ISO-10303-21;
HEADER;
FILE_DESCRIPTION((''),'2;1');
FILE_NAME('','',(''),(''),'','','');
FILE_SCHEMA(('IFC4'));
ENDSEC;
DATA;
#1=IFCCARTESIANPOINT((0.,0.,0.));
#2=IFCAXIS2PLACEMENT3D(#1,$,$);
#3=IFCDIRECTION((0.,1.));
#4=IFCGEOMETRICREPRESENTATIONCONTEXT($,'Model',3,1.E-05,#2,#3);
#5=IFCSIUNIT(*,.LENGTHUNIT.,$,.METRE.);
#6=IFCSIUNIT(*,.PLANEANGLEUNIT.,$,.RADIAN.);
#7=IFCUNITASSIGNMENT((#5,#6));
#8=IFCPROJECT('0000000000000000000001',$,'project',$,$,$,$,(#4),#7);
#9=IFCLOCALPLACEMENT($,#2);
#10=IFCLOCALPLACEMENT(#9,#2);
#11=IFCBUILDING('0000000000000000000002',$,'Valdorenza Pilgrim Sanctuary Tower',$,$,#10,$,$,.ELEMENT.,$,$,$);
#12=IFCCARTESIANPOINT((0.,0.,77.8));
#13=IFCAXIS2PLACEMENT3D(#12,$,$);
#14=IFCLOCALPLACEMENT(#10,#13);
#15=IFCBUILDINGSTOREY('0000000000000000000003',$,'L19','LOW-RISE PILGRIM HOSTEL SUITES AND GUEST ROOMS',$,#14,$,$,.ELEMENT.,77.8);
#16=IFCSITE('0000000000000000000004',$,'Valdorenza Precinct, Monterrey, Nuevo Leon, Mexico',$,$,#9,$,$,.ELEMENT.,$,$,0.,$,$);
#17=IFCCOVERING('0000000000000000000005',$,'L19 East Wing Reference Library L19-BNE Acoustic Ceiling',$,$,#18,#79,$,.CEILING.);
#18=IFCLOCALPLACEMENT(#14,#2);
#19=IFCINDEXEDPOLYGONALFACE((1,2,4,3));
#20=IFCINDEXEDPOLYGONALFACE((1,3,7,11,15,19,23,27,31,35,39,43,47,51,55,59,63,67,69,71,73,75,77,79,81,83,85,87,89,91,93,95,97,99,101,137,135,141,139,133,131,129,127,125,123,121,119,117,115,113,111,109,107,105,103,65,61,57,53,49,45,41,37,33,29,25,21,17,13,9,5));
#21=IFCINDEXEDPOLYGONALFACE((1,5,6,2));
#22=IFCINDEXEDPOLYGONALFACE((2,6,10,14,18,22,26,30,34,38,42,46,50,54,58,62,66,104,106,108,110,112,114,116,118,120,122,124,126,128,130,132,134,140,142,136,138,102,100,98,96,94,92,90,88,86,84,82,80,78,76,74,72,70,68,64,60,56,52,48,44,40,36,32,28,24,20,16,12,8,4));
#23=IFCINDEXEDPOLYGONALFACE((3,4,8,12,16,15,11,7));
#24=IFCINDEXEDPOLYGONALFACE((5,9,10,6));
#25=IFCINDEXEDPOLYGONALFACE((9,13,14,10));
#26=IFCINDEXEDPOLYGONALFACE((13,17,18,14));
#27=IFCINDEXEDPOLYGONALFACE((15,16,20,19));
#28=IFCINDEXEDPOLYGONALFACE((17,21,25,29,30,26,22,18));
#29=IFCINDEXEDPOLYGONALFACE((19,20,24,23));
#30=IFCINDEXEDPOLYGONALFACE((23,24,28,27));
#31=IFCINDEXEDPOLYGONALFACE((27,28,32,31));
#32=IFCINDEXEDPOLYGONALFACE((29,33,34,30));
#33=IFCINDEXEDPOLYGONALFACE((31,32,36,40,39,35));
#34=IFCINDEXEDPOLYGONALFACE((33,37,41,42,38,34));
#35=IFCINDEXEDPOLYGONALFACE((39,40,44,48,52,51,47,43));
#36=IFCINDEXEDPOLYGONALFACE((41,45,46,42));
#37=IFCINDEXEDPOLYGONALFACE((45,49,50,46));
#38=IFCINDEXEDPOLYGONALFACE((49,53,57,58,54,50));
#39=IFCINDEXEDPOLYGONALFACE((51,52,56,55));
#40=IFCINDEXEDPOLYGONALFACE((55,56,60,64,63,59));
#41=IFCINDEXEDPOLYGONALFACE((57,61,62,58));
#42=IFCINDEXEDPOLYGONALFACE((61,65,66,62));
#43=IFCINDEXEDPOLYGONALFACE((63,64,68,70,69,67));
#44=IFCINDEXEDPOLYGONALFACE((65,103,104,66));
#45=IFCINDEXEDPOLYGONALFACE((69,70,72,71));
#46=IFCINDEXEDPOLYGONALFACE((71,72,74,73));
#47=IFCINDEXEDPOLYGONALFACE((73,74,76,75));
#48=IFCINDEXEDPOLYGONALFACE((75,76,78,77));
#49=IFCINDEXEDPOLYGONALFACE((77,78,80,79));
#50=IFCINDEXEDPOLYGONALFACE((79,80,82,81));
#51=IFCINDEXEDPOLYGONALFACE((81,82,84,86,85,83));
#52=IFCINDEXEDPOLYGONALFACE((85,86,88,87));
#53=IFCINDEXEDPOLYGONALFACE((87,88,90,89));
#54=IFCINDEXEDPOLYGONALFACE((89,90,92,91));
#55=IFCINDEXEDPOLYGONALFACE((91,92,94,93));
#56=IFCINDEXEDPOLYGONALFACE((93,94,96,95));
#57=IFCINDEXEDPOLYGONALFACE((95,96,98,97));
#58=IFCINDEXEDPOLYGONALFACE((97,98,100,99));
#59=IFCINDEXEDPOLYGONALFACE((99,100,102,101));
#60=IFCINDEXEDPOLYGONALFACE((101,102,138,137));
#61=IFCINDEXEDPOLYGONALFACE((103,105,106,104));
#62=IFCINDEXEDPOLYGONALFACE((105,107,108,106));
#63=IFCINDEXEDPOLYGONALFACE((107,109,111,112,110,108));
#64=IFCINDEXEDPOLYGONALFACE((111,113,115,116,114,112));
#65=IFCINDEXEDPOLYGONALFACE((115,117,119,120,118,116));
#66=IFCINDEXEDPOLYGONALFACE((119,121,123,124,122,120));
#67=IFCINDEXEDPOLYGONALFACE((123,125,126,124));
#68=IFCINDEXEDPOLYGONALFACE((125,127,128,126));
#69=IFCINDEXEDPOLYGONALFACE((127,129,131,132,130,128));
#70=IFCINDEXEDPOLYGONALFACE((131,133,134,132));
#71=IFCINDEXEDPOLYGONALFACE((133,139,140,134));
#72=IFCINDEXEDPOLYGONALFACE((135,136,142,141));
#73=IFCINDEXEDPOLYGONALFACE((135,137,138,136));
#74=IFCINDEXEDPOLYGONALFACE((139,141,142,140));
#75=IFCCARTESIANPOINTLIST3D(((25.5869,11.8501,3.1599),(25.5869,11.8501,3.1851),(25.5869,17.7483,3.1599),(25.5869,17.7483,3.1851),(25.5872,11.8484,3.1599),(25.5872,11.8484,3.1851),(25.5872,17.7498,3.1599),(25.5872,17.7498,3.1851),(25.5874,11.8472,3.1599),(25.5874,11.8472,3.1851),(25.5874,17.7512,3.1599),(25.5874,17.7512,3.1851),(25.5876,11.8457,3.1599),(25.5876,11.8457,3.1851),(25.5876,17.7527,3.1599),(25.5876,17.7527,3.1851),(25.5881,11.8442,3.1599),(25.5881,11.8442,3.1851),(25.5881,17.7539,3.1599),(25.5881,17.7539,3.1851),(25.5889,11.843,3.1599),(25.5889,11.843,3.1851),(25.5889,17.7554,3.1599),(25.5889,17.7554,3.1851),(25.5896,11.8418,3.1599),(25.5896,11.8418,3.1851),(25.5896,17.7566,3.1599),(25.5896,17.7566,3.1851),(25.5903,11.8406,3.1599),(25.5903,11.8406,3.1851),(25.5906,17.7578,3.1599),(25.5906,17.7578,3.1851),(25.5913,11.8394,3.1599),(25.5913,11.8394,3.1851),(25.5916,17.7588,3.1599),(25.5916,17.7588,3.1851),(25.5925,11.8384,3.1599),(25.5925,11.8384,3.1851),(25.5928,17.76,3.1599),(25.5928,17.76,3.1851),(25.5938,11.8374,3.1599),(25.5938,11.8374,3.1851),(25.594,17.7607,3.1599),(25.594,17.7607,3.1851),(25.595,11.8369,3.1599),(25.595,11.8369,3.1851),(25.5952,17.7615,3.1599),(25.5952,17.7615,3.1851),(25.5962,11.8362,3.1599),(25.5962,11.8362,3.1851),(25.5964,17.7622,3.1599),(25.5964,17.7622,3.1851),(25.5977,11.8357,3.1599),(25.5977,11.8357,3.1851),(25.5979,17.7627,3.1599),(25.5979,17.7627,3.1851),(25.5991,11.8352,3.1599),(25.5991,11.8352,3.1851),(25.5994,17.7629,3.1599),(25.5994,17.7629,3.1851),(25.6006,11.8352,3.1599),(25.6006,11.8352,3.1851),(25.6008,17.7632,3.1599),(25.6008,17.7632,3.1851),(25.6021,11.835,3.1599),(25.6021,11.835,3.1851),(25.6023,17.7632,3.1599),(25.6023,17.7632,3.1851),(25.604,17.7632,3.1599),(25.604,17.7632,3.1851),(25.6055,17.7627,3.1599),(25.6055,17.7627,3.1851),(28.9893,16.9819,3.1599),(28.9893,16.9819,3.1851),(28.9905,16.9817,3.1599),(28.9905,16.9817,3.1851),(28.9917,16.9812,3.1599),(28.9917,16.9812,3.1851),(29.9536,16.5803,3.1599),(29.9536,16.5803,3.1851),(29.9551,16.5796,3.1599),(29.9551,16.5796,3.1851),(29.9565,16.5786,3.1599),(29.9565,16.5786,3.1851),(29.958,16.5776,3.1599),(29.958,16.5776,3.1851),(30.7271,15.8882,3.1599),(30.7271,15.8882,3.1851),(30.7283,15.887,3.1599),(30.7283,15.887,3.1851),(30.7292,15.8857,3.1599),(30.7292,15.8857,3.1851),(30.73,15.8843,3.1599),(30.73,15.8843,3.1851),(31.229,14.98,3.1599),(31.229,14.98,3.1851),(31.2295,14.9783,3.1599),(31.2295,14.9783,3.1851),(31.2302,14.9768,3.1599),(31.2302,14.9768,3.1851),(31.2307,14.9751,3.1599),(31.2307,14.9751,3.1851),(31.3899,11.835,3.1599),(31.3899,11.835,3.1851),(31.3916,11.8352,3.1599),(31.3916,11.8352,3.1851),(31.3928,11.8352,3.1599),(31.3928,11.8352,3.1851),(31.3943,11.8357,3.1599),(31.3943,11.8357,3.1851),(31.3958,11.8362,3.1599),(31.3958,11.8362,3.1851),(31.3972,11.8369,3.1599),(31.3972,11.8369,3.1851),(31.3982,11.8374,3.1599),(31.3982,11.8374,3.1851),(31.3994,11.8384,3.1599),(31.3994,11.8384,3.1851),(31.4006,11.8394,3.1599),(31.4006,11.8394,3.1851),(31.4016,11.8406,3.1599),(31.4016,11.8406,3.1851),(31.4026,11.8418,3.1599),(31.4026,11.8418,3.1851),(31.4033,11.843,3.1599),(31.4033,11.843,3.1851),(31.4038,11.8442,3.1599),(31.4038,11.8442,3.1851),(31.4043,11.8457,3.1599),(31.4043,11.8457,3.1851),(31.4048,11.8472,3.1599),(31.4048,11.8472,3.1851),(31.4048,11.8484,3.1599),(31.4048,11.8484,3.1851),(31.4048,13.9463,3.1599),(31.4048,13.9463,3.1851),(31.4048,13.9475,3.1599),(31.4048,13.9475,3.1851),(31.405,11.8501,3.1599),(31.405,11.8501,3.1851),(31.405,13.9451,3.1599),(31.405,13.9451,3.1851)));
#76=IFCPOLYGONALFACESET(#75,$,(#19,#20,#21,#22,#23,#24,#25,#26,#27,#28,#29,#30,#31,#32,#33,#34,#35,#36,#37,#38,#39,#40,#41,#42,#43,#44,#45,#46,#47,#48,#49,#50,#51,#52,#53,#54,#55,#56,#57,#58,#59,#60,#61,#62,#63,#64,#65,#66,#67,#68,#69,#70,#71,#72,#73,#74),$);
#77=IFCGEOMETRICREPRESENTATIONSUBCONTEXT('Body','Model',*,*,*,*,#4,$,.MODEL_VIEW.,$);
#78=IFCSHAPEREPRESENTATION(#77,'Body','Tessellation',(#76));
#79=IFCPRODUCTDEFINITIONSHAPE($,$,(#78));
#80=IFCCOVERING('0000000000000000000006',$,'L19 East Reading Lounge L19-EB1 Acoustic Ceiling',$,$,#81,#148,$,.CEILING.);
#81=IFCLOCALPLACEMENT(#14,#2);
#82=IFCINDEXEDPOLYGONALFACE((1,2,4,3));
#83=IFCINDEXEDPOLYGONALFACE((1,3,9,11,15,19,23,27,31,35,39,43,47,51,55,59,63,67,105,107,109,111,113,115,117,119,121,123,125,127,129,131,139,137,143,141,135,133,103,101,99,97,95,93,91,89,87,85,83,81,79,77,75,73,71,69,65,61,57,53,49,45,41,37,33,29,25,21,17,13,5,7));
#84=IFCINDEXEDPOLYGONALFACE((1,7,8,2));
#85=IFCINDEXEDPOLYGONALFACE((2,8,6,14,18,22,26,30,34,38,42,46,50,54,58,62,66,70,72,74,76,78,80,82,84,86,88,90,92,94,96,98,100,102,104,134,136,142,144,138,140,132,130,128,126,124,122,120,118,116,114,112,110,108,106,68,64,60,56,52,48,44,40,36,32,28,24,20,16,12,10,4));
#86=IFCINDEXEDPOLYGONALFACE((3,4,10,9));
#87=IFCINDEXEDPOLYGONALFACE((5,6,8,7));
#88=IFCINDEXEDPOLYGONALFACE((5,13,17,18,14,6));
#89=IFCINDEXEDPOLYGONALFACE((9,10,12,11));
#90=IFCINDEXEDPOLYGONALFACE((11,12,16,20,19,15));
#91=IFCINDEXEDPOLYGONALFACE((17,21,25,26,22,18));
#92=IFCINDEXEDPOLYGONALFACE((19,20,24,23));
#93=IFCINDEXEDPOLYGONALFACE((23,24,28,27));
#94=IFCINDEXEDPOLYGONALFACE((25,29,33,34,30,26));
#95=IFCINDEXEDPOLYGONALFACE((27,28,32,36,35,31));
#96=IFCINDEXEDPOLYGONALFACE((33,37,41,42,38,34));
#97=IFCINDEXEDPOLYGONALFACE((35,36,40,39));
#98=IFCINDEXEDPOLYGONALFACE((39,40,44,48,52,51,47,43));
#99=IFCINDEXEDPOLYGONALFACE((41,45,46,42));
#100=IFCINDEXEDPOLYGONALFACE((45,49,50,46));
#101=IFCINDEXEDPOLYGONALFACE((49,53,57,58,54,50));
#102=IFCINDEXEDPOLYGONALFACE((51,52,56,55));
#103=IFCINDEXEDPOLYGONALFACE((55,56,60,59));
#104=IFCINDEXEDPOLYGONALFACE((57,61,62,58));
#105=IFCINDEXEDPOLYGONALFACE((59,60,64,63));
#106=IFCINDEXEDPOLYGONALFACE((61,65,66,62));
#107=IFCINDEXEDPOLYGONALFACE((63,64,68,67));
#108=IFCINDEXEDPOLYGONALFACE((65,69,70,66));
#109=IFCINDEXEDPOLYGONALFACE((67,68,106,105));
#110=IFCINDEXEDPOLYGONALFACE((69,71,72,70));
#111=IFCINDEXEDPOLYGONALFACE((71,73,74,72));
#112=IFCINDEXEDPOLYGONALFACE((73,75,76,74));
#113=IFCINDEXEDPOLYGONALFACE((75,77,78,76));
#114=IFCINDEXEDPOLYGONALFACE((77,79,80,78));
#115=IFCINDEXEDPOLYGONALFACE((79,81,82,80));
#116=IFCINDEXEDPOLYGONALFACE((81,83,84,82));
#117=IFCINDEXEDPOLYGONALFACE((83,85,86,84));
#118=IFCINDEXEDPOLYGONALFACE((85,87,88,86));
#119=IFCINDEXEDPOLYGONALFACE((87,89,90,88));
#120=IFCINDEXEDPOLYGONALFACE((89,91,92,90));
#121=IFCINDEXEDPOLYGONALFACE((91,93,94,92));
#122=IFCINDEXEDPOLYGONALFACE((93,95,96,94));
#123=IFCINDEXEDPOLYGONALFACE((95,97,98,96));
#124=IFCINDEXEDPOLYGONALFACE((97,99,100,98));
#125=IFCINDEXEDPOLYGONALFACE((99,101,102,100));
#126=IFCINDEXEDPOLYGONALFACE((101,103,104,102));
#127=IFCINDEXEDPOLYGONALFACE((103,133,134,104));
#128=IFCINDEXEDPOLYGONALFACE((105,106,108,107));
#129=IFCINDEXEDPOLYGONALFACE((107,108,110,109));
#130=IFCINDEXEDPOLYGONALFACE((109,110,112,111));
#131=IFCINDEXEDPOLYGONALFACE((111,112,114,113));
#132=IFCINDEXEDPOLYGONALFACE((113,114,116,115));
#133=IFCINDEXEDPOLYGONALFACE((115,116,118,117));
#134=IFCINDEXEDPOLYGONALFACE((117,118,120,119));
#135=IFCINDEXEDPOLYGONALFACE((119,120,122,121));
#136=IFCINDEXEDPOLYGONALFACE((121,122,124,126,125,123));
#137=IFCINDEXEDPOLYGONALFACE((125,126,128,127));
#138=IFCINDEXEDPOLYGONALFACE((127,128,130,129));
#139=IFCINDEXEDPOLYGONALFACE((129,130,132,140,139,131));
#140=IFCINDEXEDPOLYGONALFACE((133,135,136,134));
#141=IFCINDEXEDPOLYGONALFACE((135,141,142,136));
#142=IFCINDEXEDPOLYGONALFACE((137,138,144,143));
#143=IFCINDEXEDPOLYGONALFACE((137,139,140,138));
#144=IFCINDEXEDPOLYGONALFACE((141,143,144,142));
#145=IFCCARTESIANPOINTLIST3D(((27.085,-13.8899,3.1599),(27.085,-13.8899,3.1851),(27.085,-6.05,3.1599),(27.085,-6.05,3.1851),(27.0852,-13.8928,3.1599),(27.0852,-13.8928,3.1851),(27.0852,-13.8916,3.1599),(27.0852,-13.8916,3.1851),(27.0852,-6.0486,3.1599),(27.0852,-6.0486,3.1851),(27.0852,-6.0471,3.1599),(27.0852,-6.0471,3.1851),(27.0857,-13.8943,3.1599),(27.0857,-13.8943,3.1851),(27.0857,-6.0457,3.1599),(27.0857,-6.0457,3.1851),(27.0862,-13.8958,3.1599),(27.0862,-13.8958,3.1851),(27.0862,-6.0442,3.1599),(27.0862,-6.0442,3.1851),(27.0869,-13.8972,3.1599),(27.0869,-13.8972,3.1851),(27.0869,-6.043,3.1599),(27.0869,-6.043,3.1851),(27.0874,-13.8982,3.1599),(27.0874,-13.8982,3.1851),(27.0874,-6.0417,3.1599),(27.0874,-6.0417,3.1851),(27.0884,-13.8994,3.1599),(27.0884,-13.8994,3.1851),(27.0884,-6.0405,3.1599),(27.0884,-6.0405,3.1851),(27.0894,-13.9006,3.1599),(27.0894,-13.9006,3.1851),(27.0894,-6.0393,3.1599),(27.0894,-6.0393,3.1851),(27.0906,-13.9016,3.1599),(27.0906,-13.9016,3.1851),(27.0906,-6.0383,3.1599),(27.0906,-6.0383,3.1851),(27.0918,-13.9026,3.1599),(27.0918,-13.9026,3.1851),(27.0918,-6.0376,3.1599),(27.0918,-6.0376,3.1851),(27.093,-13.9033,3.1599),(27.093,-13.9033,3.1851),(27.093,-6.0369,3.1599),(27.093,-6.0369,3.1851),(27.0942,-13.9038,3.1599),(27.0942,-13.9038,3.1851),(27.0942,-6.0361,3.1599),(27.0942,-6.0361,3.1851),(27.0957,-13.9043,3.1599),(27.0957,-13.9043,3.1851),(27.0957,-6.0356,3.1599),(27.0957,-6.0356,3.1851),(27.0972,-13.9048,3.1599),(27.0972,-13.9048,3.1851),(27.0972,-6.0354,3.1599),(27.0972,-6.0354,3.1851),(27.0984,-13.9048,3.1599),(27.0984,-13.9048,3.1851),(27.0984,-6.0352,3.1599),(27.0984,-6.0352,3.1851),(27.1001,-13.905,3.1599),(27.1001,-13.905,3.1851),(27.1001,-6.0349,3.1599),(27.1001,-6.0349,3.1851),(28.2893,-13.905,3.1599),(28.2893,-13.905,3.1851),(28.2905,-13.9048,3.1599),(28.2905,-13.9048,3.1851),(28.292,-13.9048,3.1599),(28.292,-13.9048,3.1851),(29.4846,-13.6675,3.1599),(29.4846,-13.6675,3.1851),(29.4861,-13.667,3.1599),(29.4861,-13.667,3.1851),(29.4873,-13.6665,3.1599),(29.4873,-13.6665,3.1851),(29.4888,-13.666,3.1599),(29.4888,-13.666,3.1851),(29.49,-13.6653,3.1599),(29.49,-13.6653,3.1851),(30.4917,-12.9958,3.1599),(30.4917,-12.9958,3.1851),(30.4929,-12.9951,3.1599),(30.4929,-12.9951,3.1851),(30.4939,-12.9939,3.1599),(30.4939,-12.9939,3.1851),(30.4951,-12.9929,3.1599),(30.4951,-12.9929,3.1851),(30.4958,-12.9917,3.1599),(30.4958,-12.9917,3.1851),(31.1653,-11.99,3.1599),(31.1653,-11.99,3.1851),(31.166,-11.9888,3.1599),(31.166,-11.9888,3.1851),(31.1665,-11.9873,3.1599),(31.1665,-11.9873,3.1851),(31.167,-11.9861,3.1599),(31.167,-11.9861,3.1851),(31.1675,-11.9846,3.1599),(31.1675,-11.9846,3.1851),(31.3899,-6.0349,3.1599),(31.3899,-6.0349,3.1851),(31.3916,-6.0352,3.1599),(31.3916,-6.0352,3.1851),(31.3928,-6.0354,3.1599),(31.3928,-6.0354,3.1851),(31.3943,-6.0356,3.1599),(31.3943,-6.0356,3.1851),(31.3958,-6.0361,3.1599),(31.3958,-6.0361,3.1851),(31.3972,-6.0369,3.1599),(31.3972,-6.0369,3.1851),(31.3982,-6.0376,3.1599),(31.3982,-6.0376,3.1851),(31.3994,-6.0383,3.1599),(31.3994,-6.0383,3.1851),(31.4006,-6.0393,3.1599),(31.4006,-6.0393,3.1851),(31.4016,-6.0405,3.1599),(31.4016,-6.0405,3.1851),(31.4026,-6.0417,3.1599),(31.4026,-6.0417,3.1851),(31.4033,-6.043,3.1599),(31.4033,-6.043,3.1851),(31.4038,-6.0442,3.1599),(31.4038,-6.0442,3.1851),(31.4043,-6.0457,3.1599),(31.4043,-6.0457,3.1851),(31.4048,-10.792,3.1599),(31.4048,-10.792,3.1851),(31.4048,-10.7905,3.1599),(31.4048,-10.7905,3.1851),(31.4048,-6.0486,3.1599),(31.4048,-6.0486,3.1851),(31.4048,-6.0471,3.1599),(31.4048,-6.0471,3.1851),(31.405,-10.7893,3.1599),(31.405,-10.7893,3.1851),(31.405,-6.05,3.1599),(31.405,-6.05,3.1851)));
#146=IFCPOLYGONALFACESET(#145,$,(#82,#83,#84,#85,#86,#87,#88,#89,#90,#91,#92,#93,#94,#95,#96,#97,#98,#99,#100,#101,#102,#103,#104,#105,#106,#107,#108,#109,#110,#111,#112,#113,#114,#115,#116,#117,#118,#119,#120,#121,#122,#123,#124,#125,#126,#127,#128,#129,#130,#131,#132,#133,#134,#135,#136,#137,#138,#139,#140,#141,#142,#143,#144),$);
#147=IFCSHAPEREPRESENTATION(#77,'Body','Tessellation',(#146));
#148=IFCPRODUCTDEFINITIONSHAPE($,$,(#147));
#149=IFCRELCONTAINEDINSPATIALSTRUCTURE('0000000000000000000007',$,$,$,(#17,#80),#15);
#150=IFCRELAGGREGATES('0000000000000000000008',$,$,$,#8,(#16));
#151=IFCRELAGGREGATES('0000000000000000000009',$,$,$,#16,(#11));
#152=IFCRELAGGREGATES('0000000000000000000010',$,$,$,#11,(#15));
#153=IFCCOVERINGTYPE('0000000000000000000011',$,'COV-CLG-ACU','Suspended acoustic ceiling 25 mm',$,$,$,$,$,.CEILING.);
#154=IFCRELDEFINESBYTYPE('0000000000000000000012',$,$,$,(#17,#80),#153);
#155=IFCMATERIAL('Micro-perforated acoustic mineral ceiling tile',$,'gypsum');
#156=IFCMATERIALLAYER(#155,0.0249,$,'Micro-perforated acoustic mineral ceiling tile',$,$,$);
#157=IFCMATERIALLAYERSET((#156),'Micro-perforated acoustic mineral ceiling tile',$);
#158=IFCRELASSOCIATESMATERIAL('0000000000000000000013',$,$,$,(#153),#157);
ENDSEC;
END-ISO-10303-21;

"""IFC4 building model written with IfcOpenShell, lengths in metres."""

from ifc_helpers import new_model, si_unit, direction, frame, origin, place, context, subcontext, project, spatial, polyline, outline, extrude, material, layer, layer_set, type_object, element, save


model = new_model("IFC4")

# Units and contexts
model_context = context("Model", 3, precision=1e-05, world=origin(), true_north=direction((0.0, 1.0)))
body_context = subcontext(model_context, "Body", "Model", "MODEL_VIEW")
ifc_project = project(units=[si_unit("LENGTHUNIT", "METRE"), si_unit("PLANEANGLEUNIT", "RADIAN")], contexts=[model_context])

# Site, building, storey
site_placement = place(None, origin())
site = spatial("IfcSite", under=ifc_project, at=site_placement, Name="Valdorenza Precinct, Monterrey, Nuevo Leon, Mexico", CompositionType="ELEMENT", RefElevation=0.0)
building_placement = place(site_placement, origin())
building = spatial("IfcBuilding", under=site, at=building_placement, Name="Valdorenza Pilgrim Sanctuary Tower", CompositionType="ELEMENT")
storey_placement = place(building_placement, frame((0.0, 0.0, 77.8)))
storey = spatial("IfcBuildingStorey", under=building, at=storey_placement, Name="L19", Description="LOW-RISE PILGRIM HOSTEL SUITES AND GUEST ROOMS", CompositionType="ELEMENT", Elevation=77.8)

# Coverings
ifc_material_1 = material(Name="Micro-perforated acoustic mineral ceiling tile", Category="gypsum")
ifc_layer_1 = layer(ifc_material_1, 0.0249, Name="Micro-perforated acoustic mineral ceiling tile")
ifc_layer_set_1 = layer_set([ifc_layer_1], Name="Micro-perforated acoustic mineral ceiling tile")
covering_type_1 = type_object("IfcCoveringType", Name="COV-CLG-ACU", Description="Suspended acoustic ceiling 25 mm", PredefinedType="CEILING", material=ifc_layer_set_1)
covering_1_placement = place(storey_placement, frame((0.0, 0.0, 3.1599)))
element("IfcCovering", 1, at=covering_1_placement, inside=storey, type_object=covering_type_1, Name="L19 East Wing Reference Library L19-BNE Acoustic Ceiling", PredefinedType="CEILING", context=body_context, shape_type="SweptSolid", body=[
    extrude(outline(polyline([(28.9893, 16.9819), (28.9905, 16.9817), (28.9917, 16.9812), (29.9536, 16.5803), (29.9551, 16.5796), (29.9565, 16.5786), (29.958, 16.5776), (30.7271, 15.8882), (30.7283, 15.887), (30.7292, 15.8857), (30.73, 15.8843), (31.229, 14.98), (31.2295, 14.9783), (31.2302, 14.9768), (31.2307, 14.9751), (31.4048, 13.9475), (31.4048, 13.9463), (31.405, 13.9451), (31.405, 11.8501), (31.4048, 11.8484), (31.4048, 11.8472), (31.4043, 11.8457), (31.4038, 11.8442), (31.4033, 11.843), (31.4026, 11.8418), (31.4016, 11.8406), (31.4006, 11.8394), (31.3994, 11.8384), (31.3982, 11.8374), (31.3972, 11.8369), (31.3958, 11.8362), (31.3943, 11.8357), (31.3928, 11.8352), (31.3916, 11.8352), (31.3899, 11.835), (25.6021, 11.835), (25.6006, 11.8352), (25.5991, 11.8352), (25.5977, 11.8357), (25.5962, 11.8362), (25.595, 11.8369), (25.5938, 11.8374), (25.5925, 11.8384), (25.5913, 11.8394), (25.5903, 11.8406), (25.5896, 11.8418), (25.5889, 11.843), (25.5881, 11.8442), (25.5876, 11.8457), (25.5874, 11.8472), (25.5872, 11.8484), (25.5869, 11.8501), (25.5869, 17.7483), (25.5872, 17.7498), (25.5874, 17.7512), (25.5876, 17.7527), (25.5881, 17.7539), (25.5889, 17.7554), (25.5896, 17.7566), (25.5906, 17.7578), (25.5916, 17.7588), (25.5928, 17.76), (25.594, 17.7607), (25.5952, 17.7615), (25.5964, 17.7622), (25.5979, 17.7627), (25.5994, 17.7629), (25.6008, 17.7632), (25.6023, 17.7632), (25.604, 17.7632), (25.6055, 17.7627), (28.9893, 16.9819)])), origin(), (0.0, 0.0, 1.0), 0.0251),
])
covering_2_placement = place(storey_placement, frame((0.0, 0.0, 3.1599)))
element("IfcCovering", 2, at=covering_2_placement, inside=storey, type_object=covering_type_1, Name="L19 East Reading Lounge L19-EB1 Acoustic Ceiling", PredefinedType="CEILING", context=body_context, shape_type="SweptSolid", body=[
    extrude(outline(polyline([(31.3899, -6.0349), (31.3916, -6.0352), (31.3928, -6.0354), (31.3943, -6.0356), (31.3958, -6.0361), (31.3972, -6.0369), (31.3982, -6.0376), (31.3994, -6.0383), (31.4006, -6.0393), (31.4016, -6.0405), (31.4026, -6.0417), (31.4033, -6.043), (31.4038, -6.0442), (31.4043, -6.0457), (31.4048, -6.0471), (31.4048, -6.0486), (31.405, -6.05), (31.405, -10.7893), (31.4048, -10.7905), (31.4048, -10.792), (31.1675, -11.9846), (31.167, -11.9861), (31.1665, -11.9873), (31.166, -11.9888), (31.1653, -11.99), (30.4958, -12.9917), (30.4951, -12.9929), (30.4939, -12.9939), (30.4929, -12.9951), (30.4917, -12.9958), (29.49, -13.6653), (29.4888, -13.666), (29.4873, -13.6665), (29.4861, -13.667), (29.4846, -13.6675), (28.292, -13.9048), (28.2905, -13.9048), (28.2893, -13.905), (27.1001, -13.905), (27.0984, -13.9048), (27.0972, -13.9048), (27.0957, -13.9043), (27.0942, -13.9038), (27.093, -13.9033), (27.0918, -13.9026), (27.0906, -13.9016), (27.0894, -13.9006), (27.0884, -13.8994), (27.0874, -13.8982), (27.0869, -13.8972), (27.0862, -13.8958), (27.0857, -13.8943), (27.0852, -13.8928), (27.0852, -13.8916), (27.085, -13.8899), (27.085, -6.05), (27.0852, -6.0486), (27.0852, -6.0471), (27.0857, -6.0457), (27.0862, -6.0442), (27.0869, -6.043), (27.0874, -6.0417), (27.0884, -6.0405), (27.0894, -6.0393), (27.0906, -6.0383), (27.0918, -6.0376), (27.093, -6.0369), (27.0942, -6.0361), (27.0957, -6.0356), (27.0972, -6.0354), (27.0984, -6.0352), (27.1001, -6.0349), (31.3899, -6.0349)])), origin(), (0.0, 0.0, 1.0), 0.0251),
])

save(model, "model.ifc")
